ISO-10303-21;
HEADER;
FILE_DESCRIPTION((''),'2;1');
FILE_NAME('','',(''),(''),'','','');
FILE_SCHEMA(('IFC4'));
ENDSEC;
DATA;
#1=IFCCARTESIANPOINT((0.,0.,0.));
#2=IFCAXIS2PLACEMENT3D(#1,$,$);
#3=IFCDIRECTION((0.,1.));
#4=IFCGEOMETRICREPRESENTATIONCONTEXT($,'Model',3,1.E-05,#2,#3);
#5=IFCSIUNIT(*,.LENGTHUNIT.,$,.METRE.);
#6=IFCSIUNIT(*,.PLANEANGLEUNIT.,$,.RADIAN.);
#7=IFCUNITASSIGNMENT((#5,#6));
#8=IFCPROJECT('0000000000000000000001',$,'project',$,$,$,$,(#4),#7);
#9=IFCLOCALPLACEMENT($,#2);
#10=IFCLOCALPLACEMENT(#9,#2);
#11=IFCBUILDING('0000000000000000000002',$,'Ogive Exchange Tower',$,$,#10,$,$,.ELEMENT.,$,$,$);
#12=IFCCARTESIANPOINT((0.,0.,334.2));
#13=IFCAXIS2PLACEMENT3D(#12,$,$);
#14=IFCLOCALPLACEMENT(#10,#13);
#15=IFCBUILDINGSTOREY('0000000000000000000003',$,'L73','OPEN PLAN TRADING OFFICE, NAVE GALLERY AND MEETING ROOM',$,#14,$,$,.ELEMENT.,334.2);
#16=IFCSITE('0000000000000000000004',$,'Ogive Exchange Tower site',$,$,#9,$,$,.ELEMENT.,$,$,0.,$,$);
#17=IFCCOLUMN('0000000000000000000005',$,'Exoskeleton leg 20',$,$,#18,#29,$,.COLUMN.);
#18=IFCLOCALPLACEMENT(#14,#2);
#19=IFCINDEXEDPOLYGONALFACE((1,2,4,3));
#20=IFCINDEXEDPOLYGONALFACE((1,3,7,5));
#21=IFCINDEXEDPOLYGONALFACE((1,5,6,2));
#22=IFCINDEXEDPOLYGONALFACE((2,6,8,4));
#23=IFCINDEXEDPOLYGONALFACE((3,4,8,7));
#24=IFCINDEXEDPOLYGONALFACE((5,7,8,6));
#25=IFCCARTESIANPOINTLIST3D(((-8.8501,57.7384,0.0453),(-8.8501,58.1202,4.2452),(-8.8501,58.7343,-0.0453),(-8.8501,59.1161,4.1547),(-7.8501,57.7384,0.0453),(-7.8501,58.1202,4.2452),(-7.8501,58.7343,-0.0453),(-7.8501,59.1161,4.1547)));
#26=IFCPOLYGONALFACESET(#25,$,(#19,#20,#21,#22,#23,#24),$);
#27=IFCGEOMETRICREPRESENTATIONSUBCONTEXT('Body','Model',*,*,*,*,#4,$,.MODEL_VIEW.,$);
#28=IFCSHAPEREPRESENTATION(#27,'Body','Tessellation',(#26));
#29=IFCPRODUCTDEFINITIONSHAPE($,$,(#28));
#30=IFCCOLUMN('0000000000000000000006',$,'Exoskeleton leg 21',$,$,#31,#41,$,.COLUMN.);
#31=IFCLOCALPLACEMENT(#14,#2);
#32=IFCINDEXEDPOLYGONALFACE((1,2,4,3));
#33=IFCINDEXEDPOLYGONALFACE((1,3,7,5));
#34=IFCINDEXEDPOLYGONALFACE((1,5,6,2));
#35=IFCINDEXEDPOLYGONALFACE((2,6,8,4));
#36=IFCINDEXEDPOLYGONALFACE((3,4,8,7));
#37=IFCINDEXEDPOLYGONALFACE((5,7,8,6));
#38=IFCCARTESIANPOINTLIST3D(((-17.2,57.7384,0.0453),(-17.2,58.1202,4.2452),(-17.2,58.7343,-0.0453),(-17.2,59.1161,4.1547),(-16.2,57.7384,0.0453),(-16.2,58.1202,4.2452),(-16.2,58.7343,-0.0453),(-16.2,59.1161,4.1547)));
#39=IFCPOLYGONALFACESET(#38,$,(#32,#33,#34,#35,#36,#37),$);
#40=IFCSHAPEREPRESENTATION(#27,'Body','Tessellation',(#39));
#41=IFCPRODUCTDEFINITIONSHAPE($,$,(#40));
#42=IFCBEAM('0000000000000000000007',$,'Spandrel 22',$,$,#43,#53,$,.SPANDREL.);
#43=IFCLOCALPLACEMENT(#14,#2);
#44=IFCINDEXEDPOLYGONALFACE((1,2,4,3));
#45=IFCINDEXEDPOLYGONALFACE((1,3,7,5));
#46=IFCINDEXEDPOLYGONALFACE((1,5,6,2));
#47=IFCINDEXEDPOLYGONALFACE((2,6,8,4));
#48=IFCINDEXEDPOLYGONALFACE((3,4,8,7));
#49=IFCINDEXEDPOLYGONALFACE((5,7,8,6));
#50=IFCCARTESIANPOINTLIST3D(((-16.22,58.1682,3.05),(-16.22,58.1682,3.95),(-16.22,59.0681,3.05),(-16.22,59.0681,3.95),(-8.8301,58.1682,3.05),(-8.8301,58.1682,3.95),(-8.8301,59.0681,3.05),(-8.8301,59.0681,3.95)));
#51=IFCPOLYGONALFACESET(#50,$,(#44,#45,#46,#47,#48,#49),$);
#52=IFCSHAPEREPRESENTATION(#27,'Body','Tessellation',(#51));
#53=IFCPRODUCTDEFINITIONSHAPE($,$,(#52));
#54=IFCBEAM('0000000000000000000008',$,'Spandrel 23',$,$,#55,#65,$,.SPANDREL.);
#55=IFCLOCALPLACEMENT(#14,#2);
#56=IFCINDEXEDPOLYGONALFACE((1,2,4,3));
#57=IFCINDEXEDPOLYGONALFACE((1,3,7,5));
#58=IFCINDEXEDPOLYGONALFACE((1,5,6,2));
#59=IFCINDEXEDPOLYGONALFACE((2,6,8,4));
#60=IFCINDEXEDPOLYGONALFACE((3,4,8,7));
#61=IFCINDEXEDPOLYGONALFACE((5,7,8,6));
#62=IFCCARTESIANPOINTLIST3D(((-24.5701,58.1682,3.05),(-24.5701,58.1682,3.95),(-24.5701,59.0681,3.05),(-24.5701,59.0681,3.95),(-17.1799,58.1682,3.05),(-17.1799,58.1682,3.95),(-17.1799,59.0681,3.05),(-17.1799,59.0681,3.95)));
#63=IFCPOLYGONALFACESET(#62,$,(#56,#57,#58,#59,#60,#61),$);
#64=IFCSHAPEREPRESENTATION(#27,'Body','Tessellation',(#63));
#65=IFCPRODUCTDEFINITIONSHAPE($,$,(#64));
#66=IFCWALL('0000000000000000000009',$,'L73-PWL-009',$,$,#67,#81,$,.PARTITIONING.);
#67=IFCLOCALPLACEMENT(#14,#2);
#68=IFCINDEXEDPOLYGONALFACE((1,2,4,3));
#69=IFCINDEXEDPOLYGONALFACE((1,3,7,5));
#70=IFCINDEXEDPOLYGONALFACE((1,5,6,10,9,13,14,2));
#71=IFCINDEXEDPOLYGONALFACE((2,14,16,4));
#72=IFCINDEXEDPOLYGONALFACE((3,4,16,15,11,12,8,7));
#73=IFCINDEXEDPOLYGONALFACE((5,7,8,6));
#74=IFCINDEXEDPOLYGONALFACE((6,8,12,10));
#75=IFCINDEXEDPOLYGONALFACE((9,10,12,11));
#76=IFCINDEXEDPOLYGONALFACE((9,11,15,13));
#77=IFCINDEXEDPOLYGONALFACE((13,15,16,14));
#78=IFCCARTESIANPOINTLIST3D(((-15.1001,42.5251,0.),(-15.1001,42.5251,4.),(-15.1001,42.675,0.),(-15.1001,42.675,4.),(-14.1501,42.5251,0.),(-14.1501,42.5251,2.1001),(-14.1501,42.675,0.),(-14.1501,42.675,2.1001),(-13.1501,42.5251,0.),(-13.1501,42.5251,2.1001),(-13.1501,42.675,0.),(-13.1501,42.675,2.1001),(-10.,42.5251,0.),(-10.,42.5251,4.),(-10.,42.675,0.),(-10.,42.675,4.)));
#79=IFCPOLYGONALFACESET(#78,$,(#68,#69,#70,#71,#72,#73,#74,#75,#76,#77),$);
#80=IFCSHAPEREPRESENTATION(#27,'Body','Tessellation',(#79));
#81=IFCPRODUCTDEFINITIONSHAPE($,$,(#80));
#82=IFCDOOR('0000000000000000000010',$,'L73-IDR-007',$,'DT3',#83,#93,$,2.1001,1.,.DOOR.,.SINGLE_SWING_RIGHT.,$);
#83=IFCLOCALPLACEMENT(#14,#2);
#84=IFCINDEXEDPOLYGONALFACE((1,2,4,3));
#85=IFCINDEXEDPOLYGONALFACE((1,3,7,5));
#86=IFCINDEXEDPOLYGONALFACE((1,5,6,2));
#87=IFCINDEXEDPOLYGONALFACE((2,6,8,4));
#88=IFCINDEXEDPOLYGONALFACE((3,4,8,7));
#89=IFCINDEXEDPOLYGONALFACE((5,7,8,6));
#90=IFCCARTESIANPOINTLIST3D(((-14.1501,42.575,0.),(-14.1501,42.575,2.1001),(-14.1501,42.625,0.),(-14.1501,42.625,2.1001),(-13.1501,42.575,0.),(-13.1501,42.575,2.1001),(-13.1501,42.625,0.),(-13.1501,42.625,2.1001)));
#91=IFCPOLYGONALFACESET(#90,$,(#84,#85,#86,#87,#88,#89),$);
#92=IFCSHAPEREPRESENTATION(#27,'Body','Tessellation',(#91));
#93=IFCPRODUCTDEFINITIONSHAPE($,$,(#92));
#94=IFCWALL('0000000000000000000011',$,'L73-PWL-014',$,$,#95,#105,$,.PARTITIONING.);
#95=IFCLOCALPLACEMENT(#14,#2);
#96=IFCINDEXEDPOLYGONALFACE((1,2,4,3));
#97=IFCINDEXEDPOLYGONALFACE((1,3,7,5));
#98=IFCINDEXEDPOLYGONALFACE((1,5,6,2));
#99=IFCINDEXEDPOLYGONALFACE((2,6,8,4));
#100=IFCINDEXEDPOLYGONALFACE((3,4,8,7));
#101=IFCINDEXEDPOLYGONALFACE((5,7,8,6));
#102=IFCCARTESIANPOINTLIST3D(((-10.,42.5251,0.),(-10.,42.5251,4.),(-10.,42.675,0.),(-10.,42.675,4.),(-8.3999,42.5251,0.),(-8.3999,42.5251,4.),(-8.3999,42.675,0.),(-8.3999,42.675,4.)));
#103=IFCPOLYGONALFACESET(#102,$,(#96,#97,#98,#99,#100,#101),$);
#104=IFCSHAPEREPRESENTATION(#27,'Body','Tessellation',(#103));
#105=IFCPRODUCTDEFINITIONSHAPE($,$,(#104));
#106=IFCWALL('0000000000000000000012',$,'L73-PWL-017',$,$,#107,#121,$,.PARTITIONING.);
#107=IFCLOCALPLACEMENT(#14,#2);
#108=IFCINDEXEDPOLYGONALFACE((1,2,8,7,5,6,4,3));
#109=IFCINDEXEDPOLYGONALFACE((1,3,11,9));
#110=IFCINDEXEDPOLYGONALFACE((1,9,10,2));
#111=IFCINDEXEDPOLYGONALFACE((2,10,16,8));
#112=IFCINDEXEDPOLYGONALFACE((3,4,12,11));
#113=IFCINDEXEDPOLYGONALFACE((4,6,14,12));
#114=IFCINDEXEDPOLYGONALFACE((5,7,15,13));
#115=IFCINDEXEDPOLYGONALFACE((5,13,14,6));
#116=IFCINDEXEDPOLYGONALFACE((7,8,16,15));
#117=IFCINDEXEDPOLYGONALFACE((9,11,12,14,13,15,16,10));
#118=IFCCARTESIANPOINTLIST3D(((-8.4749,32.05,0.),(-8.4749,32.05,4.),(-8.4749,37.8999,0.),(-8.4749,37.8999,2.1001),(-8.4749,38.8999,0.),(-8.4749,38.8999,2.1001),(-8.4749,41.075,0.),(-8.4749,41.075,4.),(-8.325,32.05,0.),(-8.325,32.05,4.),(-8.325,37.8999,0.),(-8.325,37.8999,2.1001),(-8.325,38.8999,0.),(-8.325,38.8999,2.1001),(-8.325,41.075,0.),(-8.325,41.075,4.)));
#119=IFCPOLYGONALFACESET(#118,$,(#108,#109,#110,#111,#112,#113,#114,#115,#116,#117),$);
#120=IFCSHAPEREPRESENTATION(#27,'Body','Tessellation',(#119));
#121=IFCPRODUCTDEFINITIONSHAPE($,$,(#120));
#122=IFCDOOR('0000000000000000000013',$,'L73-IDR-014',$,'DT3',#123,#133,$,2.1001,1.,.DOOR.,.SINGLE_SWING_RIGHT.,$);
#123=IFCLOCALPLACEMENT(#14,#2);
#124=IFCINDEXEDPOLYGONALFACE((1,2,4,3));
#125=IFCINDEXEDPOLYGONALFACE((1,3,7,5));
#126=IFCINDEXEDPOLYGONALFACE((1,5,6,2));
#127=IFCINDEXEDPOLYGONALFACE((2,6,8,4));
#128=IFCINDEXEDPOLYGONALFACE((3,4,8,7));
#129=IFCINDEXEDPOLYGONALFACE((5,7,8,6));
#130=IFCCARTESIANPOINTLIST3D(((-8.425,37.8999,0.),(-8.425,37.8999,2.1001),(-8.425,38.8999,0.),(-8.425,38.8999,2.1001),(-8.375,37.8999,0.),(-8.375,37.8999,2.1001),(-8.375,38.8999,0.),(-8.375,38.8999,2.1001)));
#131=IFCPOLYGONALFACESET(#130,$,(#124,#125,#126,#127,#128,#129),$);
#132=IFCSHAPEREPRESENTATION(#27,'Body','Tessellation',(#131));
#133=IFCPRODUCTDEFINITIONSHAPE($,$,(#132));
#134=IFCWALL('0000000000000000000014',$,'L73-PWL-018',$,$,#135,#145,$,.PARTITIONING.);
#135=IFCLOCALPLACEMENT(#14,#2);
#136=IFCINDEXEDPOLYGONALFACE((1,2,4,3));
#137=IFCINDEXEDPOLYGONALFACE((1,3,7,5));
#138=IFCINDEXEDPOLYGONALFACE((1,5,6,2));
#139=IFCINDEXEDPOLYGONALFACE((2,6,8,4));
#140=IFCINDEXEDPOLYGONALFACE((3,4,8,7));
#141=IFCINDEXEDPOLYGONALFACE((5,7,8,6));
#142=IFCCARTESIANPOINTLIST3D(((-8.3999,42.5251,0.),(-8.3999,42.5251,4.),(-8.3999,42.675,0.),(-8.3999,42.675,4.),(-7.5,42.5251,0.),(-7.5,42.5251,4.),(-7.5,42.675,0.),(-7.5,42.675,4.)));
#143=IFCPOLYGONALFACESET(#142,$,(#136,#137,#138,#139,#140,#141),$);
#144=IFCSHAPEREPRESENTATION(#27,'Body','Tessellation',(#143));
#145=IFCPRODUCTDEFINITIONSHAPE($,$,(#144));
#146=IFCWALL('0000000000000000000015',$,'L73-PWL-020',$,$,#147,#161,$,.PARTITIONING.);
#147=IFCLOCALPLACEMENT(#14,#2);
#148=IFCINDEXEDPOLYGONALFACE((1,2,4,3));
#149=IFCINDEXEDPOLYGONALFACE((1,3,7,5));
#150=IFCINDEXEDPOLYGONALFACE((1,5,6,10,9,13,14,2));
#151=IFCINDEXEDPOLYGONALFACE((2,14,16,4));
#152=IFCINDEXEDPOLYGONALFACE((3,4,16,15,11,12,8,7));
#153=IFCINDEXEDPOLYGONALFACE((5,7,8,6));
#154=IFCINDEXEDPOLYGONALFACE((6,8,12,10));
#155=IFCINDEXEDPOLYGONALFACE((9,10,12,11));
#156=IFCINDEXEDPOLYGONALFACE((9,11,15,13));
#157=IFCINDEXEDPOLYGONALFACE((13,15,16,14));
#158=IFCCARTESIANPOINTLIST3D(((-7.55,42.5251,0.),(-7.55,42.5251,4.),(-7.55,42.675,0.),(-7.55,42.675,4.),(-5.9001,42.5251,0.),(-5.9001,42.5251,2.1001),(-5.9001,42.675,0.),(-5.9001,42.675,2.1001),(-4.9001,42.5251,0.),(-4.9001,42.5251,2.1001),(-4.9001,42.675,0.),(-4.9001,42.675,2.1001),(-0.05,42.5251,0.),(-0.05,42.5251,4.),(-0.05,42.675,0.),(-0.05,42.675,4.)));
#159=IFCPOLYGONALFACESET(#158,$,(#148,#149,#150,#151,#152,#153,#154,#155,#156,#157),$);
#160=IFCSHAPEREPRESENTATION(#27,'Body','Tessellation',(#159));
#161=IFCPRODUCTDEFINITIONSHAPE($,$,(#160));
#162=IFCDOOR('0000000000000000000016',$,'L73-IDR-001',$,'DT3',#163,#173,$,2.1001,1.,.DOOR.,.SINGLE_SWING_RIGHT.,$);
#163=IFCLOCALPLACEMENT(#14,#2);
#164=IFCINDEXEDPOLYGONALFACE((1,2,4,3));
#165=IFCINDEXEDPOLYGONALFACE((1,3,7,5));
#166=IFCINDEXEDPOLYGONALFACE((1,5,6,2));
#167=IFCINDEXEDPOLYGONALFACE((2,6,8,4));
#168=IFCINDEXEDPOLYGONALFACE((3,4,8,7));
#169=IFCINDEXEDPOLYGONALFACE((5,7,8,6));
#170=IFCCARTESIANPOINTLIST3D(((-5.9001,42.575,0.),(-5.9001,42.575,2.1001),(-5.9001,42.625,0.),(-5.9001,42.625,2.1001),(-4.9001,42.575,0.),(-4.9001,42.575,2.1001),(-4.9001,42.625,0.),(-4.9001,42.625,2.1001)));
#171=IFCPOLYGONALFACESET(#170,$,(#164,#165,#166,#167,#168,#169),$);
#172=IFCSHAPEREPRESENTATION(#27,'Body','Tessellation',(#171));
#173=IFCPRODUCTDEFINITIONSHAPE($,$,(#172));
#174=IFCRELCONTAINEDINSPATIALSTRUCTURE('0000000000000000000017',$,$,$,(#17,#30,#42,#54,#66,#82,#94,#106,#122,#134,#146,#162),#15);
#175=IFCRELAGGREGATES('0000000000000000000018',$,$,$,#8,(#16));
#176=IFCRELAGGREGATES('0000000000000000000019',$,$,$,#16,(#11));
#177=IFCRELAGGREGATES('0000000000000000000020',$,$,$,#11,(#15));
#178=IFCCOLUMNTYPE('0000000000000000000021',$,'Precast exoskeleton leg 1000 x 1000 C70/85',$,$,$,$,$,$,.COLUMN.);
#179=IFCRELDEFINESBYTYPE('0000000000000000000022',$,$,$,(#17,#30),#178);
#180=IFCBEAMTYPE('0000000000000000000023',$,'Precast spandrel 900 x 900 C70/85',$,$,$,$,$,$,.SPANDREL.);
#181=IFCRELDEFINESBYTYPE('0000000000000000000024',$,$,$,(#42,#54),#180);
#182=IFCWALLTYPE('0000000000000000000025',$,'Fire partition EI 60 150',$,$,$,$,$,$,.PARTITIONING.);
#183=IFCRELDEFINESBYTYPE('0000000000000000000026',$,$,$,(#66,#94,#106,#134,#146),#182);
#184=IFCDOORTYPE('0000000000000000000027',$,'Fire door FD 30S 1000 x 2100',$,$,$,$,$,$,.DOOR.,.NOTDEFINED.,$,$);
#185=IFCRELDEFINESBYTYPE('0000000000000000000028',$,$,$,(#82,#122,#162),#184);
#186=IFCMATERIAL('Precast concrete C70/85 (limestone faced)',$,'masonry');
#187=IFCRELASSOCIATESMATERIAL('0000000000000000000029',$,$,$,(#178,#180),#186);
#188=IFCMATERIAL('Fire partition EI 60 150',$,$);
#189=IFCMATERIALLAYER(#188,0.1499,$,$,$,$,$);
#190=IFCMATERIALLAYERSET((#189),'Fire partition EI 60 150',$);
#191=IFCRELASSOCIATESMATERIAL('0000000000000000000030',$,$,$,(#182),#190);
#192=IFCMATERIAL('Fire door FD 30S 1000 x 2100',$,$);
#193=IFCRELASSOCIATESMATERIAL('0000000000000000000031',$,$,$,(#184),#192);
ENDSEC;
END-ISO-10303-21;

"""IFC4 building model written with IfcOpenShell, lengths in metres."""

from ifc_helpers import new_model, si_unit, direction, frame, frame_2d, origin, origin_2d, place, context, subcontext, project, spatial, rectangle, extrude, material, layer, layer_set, material_profile, profile_set, type_object, element, fill, save


model = new_model("IFC4")

# Units and contexts
model_context = context("Model", 3, precision=1e-05, world=origin(), true_north=direction((0.0, 1.0)))
body_context = subcontext(model_context, "Body", "Model", "MODEL_VIEW")
ifc_project = project(units=[si_unit("LENGTHUNIT", "METRE"), si_unit("PLANEANGLEUNIT", "RADIAN")], contexts=[model_context])

# Site, building, storey
site_placement = place(None, origin())
site = spatial("IfcSite", under=ifc_project, at=site_placement, Name="Ogive Exchange Tower site", CompositionType="ELEMENT", RefElevation=0.0)
building_placement = place(site_placement, origin())
building = spatial("IfcBuilding", under=site, at=building_placement, Name="Ogive Exchange Tower", CompositionType="ELEMENT")
storey_placement = place(building_placement, frame((0.0, 0.0, 334.2)))
storey = spatial("IfcBuildingStorey", under=building, at=storey_placement, Name="L73", Description="OPEN PLAN TRADING OFFICE, NAVE GALLERY AND MEETING ROOM", CompositionType="ELEMENT", Elevation=334.2)

# Columns
ifc_material_1 = material(Name="Precast concrete C70/85 (limestone faced)", Category="masonry")
ifc_material_profile_1 = material_profile(ifc_material_1, rectangle(XDim=1.0, YDim=1.0, at=origin_2d()), Name="1000 x 1000")
ifc_profile_set_1 = profile_set([ifc_material_profile_1], Name="Precast concrete C70/85 (limestone faced)")
column_type = type_object("IfcColumnType", Name="Precast exoskeleton leg 1000 x 1000 C70/85", PredefinedType="COLUMN", material=ifc_profile_set_1)
for number, where, z_axis, x_axis, name in (
    (1, (-8.3501, 58.2363, 0.0), (0.0, 0.090541, 0.995893), (-1.0, 0.0, 0.0), "Exoskeleton leg 20"),
    (2, (-16.7, 58.2363, 0.0), (0.0, 0.090541, 0.995893), (-1.0, 0.0, 0.0), "Exoskeleton leg 21"),
):
    element("IfcColumn", number, at=place(storey_placement, frame(where, z_axis=z_axis, x_axis=x_axis)), inside=storey, type_object=column_type, Name=name, PredefinedType="COLUMN", context=body_context, shape_type="SweptSolid", body=[
        extrude(rectangle(XDim=1.0, YDim=1.0, at=origin_2d()), origin(), (0.0, 0.0, 1.0), 4.2173),
    ])

# Beams
ifc_material_profile_2 = material_profile(ifc_material_1, rectangle(XDim=0.8999, YDim=0.8999, at=origin_2d()), Name="900 x 900")
ifc_profile_set_2 = profile_set([ifc_material_profile_2], Name="Precast concrete C70/85 (limestone faced)")
beam_type = type_object("IfcBeamType", Name="Precast spandrel 900 x 900 C70/85", PredefinedType="SPANDREL", material=ifc_profile_set_2)
beam_1_placement = place(storey_placement, frame((-8.8301, 58.6182, 3.5), z_axis=(-1.0, 0.0, 0.0), x_axis=(0.0, -1.0, 0.0)))
element("IfcBeam", 3, at=beam_1_placement, inside=storey, type_object=beam_type, Name="Spandrel 22", PredefinedType="SPANDREL", context=body_context, shape_type="SweptSolid", body=[
    extrude(rectangle(XDim=0.8999, YDim=0.8999, at=origin_2d()), origin(), (0.0, 0.0, 1.0), 7.3899),
])
beam_2_placement = place(storey_placement, frame((-17.1799, 58.6182, 3.5), z_axis=(-1.0, 0.0, 0.0), x_axis=(0.0, -1.0, 0.0)))
element("IfcBeam", 4, at=beam_2_placement, inside=storey, type_object=beam_type, Name="Spandrel 23", PredefinedType="SPANDREL", context=body_context, shape_type="SweptSolid", body=[
    extrude(rectangle(XDim=0.8999, YDim=0.8999, at=origin_2d()), origin(), (0.0, 0.0, 1.0), 7.3901),
])

# Wall, opening, door
ifc_material_2 = material(Name="Fire partition EI 60 150")
ifc_layer_1 = layer(ifc_material_2, 0.1499)
ifc_layer_set_1 = layer_set([ifc_layer_1], Name="Fire partition EI 60 150")
wall_type_1 = type_object("IfcWallType", Name="Fire partition EI 60 150", PredefinedType="PARTITIONING", material=ifc_layer_set_1)
wall_1_placement = place(storey_placement, frame((-15.1001, 42.6001, 0.0), z_axis=(0.0, 0.0, 1.0), x_axis=(1.0, 0.0, 0.0)))
wall_1 = element("IfcWall", 5, at=wall_1_placement, inside=storey, type_object=wall_type_1, Name="L73-PWL-009", PredefinedType="PARTITIONING", context=body_context, shape_type="SweptSolid", body=[
    extrude(rectangle(XDim=5.1001, YDim=0.1499, at=frame_2d((2.55, 0.0))), origin(), (0.0, 0.0, 1.0), 4.0),
])
opening_1_placement = place(wall_1_placement, frame((0.95, 0.0, 0.0)))
opening_1 = element("IfcOpeningElement", 6, at=opening_1_placement, cuts=wall_1, PredefinedType="OPENING", context=body_context, shape_type="SweptSolid", body=[
    extrude(rectangle(XDim=1.0, YDim=2.1001, at=frame_2d((0.5, 1.05))), frame((0.0, 0.085, 0.0), z_axis=(0.0, -1.0, 0.0), x_axis=(1.0, 0.0, 0.0)), (0.0, 0.0, 1.0), 0.1699),
])
ifc_material_3 = material(Name="Fire door FD 30S 1000 x 2100")
door_type_1 = type_object("IfcDoorType", Name="Fire door FD 30S 1000 x 2100", OperationType="NOTDEFINED", PredefinedType="DOOR", material=ifc_material_3)
door_1_placement = place(opening_1_placement, origin())
door_1 = element("IfcDoor", 7, at=door_1_placement, inside=storey, type_object=door_type_1, Name="L73-IDR-007", ObjectType="DT3", OperationType="SINGLE_SWING_RIGHT", OverallHeight=2.1001, OverallWidth=1.0, PredefinedType="DOOR", context=body_context, shape_type="SweptSolid", body=[
    extrude(rectangle(XDim=1.0, YDim=2.1001, at=frame_2d((0.5, 1.05))), frame((0.0, 0.0249, 0.0), z_axis=(0.0, -1.0, 0.0), x_axis=(1.0, 0.0, 0.0)), (0.0, 0.0, 1.0), 0.05),
])
fill(opening_1, door_1)

# Wall
wall_2_placement = place(storey_placement, frame((-10.0, 42.6001, 0.0), z_axis=(0.0, 0.0, 1.0), x_axis=(1.0, 0.0, 0.0)))
element("IfcWall", 8, at=wall_2_placement, inside=storey, type_object=wall_type_1, Name="L73-PWL-014", PredefinedType="PARTITIONING", context=body_context, shape_type="SweptSolid", body=[
    extrude(rectangle(XDim=1.6001, YDim=0.1499, at=frame_2d((0.8, 0.0))), origin(), (0.0, 0.0, 1.0), 4.0),
])

# Wall, opening, door
wall_3_placement = place(storey_placement, frame((-8.3999, 41.075, 0.0), z_axis=(0.0, 0.0, 1.0), x_axis=(0.0, -1.0, 0.0)))
wall_3 = element("IfcWall", 9, at=wall_3_placement, inside=storey, type_object=wall_type_1, Name="L73-PWL-017", PredefinedType="PARTITIONING", context=body_context, shape_type="SweptSolid", body=[
    extrude(rectangle(XDim=9.0249, YDim=0.1499, at=frame_2d((4.5125, 0.0))), origin(), (0.0, 0.0, 1.0), 4.0),
])
opening_2_placement = place(wall_3_placement, frame((2.175, 0.0, 0.0)))
opening_2 = element("IfcOpeningElement", 10, at=opening_2_placement, cuts=wall_3, PredefinedType="OPENING", context=body_context, shape_type="SweptSolid", body=[
    extrude(rectangle(XDim=1.0, YDim=2.1001, at=frame_2d((0.5, 1.05))), frame((0.0, 0.085, 0.0), z_axis=(0.0, -1.0, 0.0), x_axis=(1.0, 0.0, 0.0)), (0.0, 0.0, 1.0), 0.1699),
])
door_2_placement = place(opening_2_placement, origin())
door_2 = element("IfcDoor", 11, at=door_2_placement, inside=storey, type_object=door_type_1, Name="L73-IDR-014", ObjectType="DT3", OperationType="SINGLE_SWING_RIGHT", OverallHeight=2.1001, OverallWidth=1.0, PredefinedType="DOOR", context=body_context, shape_type="SweptSolid", body=[
    extrude(rectangle(XDim=1.0, YDim=2.1001, at=frame_2d((0.5, 1.05))), frame((0.0, 0.0249, 0.0), z_axis=(0.0, -1.0, 0.0), x_axis=(1.0, 0.0, 0.0)), (0.0, 0.0, 1.0), 0.05),
])
fill(opening_2, door_2)

# Wall
wall_4_placement = place(storey_placement, frame((-8.3999, 42.6001, 0.0), z_axis=(0.0, 0.0, 1.0), x_axis=(1.0, 0.0, 0.0)))
element("IfcWall", 12, at=wall_4_placement, inside=storey, type_object=wall_type_1, Name="L73-PWL-018", PredefinedType="PARTITIONING", context=body_context, shape_type="SweptSolid", body=[
    extrude(rectangle(XDim=0.8999, YDim=0.1499, at=frame_2d((0.45, 0.0))), origin(), (0.0, 0.0, 1.0), 4.0),
])

# Wall, opening, door
wall_5_placement = place(storey_placement, frame((-7.55, 42.6001, 0.0), z_axis=(0.0, 0.0, 1.0), x_axis=(1.0, 0.0, 0.0)))
wall_5 = element("IfcWall", 13, at=wall_5_placement, inside=storey, type_object=wall_type_1, Name="L73-PWL-020", PredefinedType="PARTITIONING", context=body_context, shape_type="SweptSolid", body=[
    extrude(rectangle(XDim=7.5, YDim=0.1499, at=frame_2d((3.75, 0.0))), origin(), (0.0, 0.0, 1.0), 4.0),
])
opening_3_placement = place(wall_5_placement, frame((1.6499, 0.0, 0.0)))
opening_3 = element("IfcOpeningElement", 14, at=opening_3_placement, cuts=wall_5, PredefinedType="OPENING", context=body_context, shape_type="SweptSolid", body=[
    extrude(rectangle(XDim=1.0, YDim=2.1001, at=frame_2d((0.5, 1.05))), frame((0.0, 0.085, 0.0), z_axis=(0.0, -1.0, 0.0), x_axis=(1.0, 0.0, 0.0)), (0.0, 0.0, 1.0), 0.1699),
])
door_3_placement = place(opening_3_placement, origin())
door_3 = element("IfcDoor", 15, at=door_3_placement, inside=storey, type_object=door_type_1, Name="L73-IDR-001", ObjectType="DT3", OperationType="SINGLE_SWING_RIGHT", OverallHeight=2.1001, OverallWidth=1.0, PredefinedType="DOOR", context=body_context, shape_type="SweptSolid", body=[
    extrude(rectangle(XDim=1.0, YDim=2.1001, at=frame_2d((0.5, 1.05))), frame((0.0, 0.0249, 0.0), z_axis=(0.0, -1.0, 0.0), x_axis=(1.0, 0.0, 0.0)), (0.0, 0.0, 1.0), 0.05),
])
fill(opening_3, door_3)

save(model, "model.ifc")
